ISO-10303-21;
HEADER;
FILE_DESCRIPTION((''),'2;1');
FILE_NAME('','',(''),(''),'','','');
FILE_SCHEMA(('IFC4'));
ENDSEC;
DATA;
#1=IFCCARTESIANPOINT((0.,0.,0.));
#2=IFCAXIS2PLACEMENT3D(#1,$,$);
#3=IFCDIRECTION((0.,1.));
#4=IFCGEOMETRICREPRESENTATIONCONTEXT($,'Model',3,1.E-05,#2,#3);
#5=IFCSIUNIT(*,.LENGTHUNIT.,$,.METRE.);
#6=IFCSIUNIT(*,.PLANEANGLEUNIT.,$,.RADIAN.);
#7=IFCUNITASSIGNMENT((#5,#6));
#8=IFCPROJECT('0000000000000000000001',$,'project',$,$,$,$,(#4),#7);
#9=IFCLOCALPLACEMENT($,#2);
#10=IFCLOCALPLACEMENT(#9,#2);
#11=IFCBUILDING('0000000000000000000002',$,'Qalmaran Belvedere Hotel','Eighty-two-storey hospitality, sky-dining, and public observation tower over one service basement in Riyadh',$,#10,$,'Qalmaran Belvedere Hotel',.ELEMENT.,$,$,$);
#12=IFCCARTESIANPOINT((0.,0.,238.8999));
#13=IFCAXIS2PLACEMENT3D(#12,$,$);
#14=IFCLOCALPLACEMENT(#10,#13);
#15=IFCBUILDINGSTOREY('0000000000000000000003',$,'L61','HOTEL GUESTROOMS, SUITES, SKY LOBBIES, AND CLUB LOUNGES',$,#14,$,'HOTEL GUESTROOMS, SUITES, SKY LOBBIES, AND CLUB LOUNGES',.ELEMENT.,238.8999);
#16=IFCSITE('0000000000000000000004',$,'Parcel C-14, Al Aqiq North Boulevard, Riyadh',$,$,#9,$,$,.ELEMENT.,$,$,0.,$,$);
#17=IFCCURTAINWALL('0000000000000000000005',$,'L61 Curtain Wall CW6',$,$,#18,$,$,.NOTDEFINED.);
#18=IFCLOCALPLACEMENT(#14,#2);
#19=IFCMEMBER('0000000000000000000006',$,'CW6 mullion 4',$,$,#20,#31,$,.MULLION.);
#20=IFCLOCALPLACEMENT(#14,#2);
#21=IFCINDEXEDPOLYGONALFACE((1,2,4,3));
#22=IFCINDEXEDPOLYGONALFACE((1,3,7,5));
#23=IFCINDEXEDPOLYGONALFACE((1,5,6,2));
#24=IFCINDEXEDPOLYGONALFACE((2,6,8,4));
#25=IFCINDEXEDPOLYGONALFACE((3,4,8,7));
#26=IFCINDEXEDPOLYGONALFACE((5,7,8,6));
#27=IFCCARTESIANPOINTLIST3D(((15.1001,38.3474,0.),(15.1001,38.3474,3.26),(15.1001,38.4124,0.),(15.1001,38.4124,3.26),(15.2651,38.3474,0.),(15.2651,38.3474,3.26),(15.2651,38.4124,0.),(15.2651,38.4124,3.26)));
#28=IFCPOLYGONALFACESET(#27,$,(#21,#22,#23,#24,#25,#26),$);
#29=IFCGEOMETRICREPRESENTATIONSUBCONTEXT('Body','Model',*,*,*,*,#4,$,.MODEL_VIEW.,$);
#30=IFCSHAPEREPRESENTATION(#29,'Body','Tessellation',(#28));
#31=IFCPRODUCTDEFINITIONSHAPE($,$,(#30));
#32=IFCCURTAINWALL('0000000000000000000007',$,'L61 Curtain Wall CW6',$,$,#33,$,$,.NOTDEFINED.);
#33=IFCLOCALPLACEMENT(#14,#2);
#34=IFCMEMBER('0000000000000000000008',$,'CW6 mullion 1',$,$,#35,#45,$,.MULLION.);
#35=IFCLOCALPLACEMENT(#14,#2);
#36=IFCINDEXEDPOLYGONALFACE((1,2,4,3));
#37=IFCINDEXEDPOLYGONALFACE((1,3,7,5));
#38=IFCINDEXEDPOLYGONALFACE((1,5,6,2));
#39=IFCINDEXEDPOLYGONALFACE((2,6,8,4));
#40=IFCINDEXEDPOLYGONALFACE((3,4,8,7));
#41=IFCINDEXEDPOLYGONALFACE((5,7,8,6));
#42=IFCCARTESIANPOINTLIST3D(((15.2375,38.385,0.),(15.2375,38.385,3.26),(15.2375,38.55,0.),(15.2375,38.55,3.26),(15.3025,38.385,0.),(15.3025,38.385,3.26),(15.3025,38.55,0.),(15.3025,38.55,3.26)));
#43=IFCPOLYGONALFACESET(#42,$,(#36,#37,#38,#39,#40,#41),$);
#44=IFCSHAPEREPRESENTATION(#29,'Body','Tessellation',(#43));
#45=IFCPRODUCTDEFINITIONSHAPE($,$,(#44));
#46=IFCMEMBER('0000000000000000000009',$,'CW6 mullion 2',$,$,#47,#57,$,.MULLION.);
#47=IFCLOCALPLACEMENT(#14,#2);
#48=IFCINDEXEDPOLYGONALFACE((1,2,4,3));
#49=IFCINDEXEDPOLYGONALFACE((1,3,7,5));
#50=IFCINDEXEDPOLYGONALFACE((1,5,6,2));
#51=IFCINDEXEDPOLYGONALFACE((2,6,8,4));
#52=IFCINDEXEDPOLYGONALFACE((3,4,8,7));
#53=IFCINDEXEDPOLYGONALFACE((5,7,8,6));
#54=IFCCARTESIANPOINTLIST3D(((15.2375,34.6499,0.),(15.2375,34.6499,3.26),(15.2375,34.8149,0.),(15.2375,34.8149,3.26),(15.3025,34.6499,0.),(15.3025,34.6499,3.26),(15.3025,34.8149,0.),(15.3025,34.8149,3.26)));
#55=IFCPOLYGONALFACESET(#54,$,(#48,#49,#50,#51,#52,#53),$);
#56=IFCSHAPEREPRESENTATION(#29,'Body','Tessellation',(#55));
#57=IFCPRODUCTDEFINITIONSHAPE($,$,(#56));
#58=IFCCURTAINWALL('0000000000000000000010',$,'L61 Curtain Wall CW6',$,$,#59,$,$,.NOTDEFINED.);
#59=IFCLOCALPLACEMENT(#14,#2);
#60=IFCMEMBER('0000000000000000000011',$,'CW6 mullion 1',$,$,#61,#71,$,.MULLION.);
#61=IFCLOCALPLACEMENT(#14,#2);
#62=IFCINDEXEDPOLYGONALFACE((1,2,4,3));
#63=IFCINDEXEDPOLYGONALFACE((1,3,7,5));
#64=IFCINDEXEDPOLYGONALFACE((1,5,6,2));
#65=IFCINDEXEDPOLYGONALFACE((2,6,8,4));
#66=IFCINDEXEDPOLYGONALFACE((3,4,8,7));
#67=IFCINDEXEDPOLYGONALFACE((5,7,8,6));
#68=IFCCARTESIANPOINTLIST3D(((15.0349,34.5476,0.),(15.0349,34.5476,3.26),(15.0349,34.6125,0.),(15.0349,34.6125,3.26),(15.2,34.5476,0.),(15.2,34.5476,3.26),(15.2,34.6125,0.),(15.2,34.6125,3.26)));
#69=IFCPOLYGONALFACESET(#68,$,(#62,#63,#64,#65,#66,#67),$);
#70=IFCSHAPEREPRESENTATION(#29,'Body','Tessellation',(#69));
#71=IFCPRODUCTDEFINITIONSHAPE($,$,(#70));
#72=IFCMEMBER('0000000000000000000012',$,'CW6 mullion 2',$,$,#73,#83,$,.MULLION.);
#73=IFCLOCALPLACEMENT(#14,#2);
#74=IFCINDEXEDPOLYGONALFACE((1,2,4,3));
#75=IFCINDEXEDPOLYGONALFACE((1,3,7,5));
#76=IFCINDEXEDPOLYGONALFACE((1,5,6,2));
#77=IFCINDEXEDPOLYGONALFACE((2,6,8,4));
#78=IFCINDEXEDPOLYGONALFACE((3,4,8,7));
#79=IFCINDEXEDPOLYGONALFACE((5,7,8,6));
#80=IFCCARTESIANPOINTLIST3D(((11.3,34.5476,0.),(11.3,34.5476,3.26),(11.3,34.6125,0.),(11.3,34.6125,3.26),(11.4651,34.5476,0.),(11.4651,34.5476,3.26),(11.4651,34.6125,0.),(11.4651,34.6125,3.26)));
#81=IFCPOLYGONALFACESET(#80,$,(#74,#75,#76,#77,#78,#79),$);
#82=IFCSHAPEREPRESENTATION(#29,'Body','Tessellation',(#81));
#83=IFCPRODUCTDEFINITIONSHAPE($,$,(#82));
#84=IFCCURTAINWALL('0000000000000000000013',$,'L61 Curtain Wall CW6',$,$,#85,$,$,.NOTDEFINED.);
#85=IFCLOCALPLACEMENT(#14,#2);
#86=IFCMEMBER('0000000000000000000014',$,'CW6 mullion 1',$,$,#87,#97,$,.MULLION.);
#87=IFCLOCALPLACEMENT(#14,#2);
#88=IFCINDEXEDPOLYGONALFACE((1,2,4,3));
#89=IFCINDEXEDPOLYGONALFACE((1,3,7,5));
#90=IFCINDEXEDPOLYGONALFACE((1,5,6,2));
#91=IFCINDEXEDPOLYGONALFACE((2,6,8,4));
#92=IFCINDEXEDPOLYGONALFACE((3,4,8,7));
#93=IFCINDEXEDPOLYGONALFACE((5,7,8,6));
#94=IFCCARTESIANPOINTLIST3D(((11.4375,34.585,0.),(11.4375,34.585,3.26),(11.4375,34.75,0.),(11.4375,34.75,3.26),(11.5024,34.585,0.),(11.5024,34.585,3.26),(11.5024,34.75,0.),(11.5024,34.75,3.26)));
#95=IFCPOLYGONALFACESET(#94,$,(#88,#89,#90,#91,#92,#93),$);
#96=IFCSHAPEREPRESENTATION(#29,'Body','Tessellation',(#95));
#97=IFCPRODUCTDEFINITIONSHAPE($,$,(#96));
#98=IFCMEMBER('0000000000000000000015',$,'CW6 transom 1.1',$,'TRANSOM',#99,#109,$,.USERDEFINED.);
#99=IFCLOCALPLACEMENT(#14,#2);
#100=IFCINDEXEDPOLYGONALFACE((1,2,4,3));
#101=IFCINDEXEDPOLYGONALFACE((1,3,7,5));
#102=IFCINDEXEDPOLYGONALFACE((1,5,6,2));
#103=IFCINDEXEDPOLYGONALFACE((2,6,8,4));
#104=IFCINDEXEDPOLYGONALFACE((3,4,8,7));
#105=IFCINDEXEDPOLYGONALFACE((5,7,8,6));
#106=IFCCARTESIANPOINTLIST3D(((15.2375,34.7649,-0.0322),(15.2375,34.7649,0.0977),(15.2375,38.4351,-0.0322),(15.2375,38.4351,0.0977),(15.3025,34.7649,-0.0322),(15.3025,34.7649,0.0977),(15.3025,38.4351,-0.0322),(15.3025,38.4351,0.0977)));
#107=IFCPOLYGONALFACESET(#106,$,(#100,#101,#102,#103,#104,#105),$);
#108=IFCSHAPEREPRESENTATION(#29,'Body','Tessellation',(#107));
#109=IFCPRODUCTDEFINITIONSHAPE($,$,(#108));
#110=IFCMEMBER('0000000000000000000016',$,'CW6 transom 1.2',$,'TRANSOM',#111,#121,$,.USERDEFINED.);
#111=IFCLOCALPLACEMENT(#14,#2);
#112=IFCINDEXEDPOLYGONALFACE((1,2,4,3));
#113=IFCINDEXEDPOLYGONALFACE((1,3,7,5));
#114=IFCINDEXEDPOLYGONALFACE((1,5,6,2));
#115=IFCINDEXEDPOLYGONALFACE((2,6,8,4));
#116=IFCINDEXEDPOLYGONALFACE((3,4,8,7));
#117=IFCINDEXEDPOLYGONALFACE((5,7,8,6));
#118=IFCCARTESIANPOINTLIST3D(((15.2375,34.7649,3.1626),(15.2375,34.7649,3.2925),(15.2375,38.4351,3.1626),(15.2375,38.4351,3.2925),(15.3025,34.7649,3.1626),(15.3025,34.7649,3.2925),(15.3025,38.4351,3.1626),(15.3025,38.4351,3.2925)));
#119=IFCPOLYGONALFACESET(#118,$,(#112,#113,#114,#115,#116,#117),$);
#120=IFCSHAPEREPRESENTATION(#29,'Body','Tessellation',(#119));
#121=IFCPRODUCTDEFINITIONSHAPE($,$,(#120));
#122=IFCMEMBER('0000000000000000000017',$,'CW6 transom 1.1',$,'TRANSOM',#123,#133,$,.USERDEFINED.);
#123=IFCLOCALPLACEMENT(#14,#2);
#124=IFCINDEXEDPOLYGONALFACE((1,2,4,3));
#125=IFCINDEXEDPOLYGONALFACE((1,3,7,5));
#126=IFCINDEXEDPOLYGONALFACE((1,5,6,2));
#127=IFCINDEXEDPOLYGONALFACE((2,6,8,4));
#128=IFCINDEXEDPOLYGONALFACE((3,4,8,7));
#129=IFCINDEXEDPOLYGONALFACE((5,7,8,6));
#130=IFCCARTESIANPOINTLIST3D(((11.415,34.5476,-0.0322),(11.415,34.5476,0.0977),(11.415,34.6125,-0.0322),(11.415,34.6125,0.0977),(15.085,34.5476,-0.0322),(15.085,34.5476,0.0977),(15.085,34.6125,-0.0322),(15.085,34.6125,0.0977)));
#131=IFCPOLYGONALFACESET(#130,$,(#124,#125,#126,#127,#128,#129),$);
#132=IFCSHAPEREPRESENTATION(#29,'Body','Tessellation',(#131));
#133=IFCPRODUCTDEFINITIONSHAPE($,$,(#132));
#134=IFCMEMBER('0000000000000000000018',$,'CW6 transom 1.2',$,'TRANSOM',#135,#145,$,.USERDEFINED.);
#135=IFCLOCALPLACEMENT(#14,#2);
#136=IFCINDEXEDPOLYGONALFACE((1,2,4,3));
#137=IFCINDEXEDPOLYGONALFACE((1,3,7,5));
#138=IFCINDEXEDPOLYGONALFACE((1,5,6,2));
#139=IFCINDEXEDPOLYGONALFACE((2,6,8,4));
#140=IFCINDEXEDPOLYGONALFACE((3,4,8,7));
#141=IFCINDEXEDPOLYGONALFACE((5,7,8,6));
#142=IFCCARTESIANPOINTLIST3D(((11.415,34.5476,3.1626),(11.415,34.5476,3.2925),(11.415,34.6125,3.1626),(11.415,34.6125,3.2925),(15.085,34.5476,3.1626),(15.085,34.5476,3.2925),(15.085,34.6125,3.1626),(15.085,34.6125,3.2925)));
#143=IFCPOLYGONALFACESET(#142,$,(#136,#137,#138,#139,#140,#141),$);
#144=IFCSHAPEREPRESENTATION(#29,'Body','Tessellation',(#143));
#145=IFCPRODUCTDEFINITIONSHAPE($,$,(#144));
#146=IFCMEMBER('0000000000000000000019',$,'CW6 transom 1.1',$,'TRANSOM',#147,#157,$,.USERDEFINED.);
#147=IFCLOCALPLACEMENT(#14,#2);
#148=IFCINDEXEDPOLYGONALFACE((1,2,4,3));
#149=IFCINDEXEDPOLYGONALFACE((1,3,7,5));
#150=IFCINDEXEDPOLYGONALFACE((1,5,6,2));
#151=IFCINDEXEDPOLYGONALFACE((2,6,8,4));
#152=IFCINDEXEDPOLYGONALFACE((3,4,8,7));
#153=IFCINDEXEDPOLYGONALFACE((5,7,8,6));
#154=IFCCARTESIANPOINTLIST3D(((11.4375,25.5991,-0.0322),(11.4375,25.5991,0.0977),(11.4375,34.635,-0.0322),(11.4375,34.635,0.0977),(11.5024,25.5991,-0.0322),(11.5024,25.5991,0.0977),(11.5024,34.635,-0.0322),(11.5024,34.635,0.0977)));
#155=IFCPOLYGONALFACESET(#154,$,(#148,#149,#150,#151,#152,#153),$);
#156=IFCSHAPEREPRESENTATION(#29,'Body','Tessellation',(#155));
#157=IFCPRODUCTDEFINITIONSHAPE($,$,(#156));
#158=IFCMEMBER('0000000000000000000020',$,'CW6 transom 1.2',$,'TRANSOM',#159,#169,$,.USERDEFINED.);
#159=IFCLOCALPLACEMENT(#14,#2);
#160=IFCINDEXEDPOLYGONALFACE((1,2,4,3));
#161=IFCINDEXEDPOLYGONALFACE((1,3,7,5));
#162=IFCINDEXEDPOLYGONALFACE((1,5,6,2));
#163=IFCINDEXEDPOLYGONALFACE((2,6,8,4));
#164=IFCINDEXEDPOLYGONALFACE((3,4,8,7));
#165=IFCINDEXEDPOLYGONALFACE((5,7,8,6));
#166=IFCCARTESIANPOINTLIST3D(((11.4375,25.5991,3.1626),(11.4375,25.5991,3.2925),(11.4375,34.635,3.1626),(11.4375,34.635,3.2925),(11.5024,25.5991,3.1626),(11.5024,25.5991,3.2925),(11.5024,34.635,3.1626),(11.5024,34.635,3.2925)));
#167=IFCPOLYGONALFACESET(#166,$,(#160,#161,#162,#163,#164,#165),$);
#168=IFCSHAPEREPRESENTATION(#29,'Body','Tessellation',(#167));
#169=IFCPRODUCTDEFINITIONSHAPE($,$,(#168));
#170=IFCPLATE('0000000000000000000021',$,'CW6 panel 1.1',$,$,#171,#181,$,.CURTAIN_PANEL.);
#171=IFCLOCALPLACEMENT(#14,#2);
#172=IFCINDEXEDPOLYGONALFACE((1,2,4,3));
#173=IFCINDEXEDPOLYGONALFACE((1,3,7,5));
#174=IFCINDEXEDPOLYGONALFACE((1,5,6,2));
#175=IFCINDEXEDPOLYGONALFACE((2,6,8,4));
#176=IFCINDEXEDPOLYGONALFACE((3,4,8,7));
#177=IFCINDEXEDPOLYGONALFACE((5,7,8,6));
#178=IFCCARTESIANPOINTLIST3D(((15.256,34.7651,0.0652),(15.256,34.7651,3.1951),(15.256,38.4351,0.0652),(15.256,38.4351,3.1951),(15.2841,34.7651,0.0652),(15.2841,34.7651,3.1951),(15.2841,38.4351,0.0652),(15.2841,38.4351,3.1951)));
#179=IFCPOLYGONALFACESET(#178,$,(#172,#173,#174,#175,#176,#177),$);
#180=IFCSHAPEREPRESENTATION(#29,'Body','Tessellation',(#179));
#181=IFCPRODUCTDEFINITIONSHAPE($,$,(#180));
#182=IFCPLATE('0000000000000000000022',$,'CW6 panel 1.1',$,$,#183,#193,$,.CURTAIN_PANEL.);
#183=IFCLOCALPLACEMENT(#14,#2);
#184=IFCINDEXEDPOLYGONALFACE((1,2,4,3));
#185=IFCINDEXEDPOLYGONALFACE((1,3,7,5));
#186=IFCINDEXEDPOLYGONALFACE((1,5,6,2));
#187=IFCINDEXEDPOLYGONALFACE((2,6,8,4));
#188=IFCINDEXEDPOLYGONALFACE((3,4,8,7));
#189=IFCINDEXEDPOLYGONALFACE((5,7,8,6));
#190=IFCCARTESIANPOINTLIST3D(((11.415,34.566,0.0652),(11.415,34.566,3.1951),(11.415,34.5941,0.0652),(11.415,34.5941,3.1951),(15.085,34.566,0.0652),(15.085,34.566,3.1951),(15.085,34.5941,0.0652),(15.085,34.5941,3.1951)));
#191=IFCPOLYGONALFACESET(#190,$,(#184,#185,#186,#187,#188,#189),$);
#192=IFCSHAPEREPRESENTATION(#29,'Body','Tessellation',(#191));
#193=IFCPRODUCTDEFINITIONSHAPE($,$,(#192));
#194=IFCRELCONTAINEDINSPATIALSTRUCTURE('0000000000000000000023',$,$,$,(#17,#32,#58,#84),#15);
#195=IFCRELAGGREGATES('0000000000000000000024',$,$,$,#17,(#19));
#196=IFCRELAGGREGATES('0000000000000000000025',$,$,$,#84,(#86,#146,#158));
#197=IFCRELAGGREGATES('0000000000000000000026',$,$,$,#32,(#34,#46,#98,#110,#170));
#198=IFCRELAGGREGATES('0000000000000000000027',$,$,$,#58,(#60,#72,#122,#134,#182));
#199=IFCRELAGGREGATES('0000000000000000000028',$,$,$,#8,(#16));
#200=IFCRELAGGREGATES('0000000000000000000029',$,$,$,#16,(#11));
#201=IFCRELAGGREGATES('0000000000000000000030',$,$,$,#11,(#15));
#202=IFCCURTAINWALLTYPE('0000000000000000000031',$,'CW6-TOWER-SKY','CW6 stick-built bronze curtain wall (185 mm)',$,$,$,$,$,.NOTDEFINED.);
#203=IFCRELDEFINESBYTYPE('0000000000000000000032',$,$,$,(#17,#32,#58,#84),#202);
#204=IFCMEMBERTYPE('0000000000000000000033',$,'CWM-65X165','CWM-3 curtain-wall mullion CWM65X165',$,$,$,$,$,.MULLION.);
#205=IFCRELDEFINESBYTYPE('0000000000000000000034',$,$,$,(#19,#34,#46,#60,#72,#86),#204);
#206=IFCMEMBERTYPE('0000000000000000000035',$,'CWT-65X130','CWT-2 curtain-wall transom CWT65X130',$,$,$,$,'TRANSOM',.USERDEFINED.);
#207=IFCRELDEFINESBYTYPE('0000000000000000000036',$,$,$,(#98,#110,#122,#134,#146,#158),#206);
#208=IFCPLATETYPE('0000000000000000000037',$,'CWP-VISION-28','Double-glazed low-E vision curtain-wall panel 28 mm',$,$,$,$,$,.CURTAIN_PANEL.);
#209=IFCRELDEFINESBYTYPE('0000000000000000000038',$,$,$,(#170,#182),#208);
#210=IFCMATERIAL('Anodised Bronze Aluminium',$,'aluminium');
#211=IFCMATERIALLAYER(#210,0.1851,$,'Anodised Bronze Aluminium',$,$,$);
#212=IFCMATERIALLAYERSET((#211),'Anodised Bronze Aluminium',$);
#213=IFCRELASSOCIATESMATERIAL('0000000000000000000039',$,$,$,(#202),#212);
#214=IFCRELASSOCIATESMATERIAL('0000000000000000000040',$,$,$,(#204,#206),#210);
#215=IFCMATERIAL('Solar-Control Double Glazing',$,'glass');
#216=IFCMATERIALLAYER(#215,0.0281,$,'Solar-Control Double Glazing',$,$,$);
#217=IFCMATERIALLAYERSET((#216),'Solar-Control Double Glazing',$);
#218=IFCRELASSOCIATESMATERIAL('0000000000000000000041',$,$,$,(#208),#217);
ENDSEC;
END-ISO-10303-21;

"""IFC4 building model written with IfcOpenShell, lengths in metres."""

from ifc_helpers import new_model, si_unit, direction, frame, origin, origin_2d, place, context, subcontext, project, spatial, rectangle, extrude, material, layer, layer_set, material_profile, profile_set, type_object, element, aggregate, save


model = new_model("IFC4")

# Units and contexts
model_context = context("Model", 3, precision=1e-05, world=origin(), true_north=direction((0.0, 1.0)))
body_context = subcontext(model_context, "Body", "Model", "MODEL_VIEW")
ifc_project = project(units=[si_unit("LENGTHUNIT", "METRE"), si_unit("PLANEANGLEUNIT", "RADIAN")], contexts=[model_context])

# Site, building, storey
site_placement = place(None, origin())
site = spatial("IfcSite", under=ifc_project, at=site_placement, Name="Parcel C-14, Al Aqiq North Boulevard, Riyadh", CompositionType="ELEMENT", RefElevation=0.0)
building_placement = place(site_placement, origin())
building = spatial("IfcBuilding", under=site, at=building_placement, Name="Qalmaran Belvedere Hotel", Description="Eighty-two-storey hospitality, sky-dining, and public observation tower over one service basement in Riyadh", LongName="Qalmaran Belvedere Hotel", CompositionType="ELEMENT")
storey_placement = place(building_placement, frame((0.0, 0.0, 238.8999)))
storey = spatial("IfcBuildingStorey", under=building, at=storey_placement, Name="L61", Description="HOTEL GUESTROOMS, SUITES, SKY LOBBIES, AND CLUB LOUNGES", LongName="HOTEL GUESTROOMS, SUITES, SKY LOBBIES, AND CLUB LOUNGES", CompositionType="ELEMENT", Elevation=238.8999)

# Curtain wall, member
ifc_material_1 = material(Name="Anodised Bronze Aluminium", Category="aluminium")
ifc_layer_1 = layer(ifc_material_1, 0.1851, Name="Anodised Bronze Aluminium")
ifc_layer_set_1 = layer_set([ifc_layer_1], Name="Anodised Bronze Aluminium")
curtain_wall_type = type_object("IfcCurtainWallType", Name="CW6-TOWER-SKY", Description="CW6 stick-built bronze curtain wall (185 mm)", PredefinedType="NOTDEFINED", material=ifc_layer_set_1)
curtain_wall_1_placement = place(storey_placement, origin())
curtain_wall_1 = element("IfcCurtainWall", 1, at=curtain_wall_1_placement, inside=storey, type_object=curtain_wall_type, Name="L61 Curtain Wall CW6", PredefinedType="NOTDEFINED")
ifc_material_profile_1 = material_profile(ifc_material_1, rectangle(XDim=0.0649, YDim=0.165, at=origin_2d()), Name="CWM65X165")
ifc_profile_set_1 = profile_set([ifc_material_profile_1], Name="Anodised Bronze Aluminium")
member_type_1 = type_object("IfcMemberType", Name="CWM-65X165", Description="CWM-3 curtain-wall mullion CWM65X165", PredefinedType="MULLION", material=ifc_profile_set_1)
member_1_placement = place(storey_placement, frame((15.1826, 38.3799, 0.0), z_axis=(0.0, 0.0, 1.0), x_axis=(0.0, -1.0, 0.0)))
member_1 = element("IfcMember", 2, at=member_1_placement, type_object=member_type_1, Name="CW6 mullion 4", PredefinedType="MULLION", context=body_context, shape_type="SweptSolid", body=[
    extrude(rectangle(XDim=0.0649, YDim=0.165, at=origin_2d()), origin(), (0.0, 0.0, 1.0), 3.26),
])
aggregate(curtain_wall_1, [member_1])

# Curtain walls, members
curtain_wall_2_placement = place(storey_placement, origin())
curtain_wall_2 = element("IfcCurtainWall", 3, at=curtain_wall_2_placement, inside=storey, type_object=curtain_wall_type, Name="L61 Curtain Wall CW6", PredefinedType="NOTDEFINED")
member_2_placement = place(storey_placement, frame((15.27, 38.4675, 0.0), z_axis=(0.0, 0.0, 1.0), x_axis=(1.0, 0.0, 0.0)))
member_2 = element("IfcMember", 4, at=member_2_placement, type_object=member_type_1, Name="CW6 mullion 1", PredefinedType="MULLION", context=body_context, shape_type="SweptSolid", body=[
    extrude(rectangle(XDim=0.0649, YDim=0.165, at=origin_2d()), origin(), (0.0, 0.0, 1.0), 3.26),
])
member_3_placement = place(storey_placement, frame((15.27, 34.7324, 0.0), z_axis=(0.0, 0.0, 1.0), x_axis=(1.0, 0.0, 0.0)))
member_3 = element("IfcMember", 5, at=member_3_placement, type_object=member_type_1, Name="CW6 mullion 2", PredefinedType="MULLION", context=body_context, shape_type="SweptSolid", body=[
    extrude(rectangle(XDim=0.0649, YDim=0.165, at=origin_2d()), origin(), (0.0, 0.0, 1.0), 3.26),
])
curtain_wall_3_placement = place(storey_placement, origin())
curtain_wall_3 = element("IfcCurtainWall", 6, at=curtain_wall_3_placement, inside=storey, type_object=curtain_wall_type, Name="L61 Curtain Wall CW6", PredefinedType="NOTDEFINED")
member_4_placement = place(storey_placement, frame((15.1174, 34.5801, 0.0), z_axis=(0.0, 0.0, 1.0), x_axis=(0.0, -1.0, 0.0)))
member_4 = element("IfcMember", 7, at=member_4_placement, type_object=member_type_1, Name="CW6 mullion 1", PredefinedType="MULLION", context=body_context, shape_type="SweptSolid", body=[
    extrude(rectangle(XDim=0.0649, YDim=0.165, at=origin_2d()), origin(), (0.0, 0.0, 1.0), 3.26),
])
member_5_placement = place(storey_placement, frame((11.3826, 34.5801, 0.0), z_axis=(0.0, 0.0, 1.0), x_axis=(0.0, -1.0, 0.0)))
member_5 = element("IfcMember", 8, at=member_5_placement, type_object=member_type_1, Name="CW6 mullion 2", PredefinedType="MULLION", context=body_context, shape_type="SweptSolid", body=[
    extrude(rectangle(XDim=0.0649, YDim=0.165, at=origin_2d()), origin(), (0.0, 0.0, 1.0), 3.26),
])

# Curtain wall, member
curtain_wall_4_placement = place(storey_placement, origin())
curtain_wall_4 = element("IfcCurtainWall", 9, at=curtain_wall_4_placement, inside=storey, type_object=curtain_wall_type, Name="L61 Curtain Wall CW6", PredefinedType="NOTDEFINED")
member_6_placement = place(storey_placement, frame((11.47, 34.6675, 0.0), z_axis=(0.0, 0.0, 1.0), x_axis=(1.0, 0.0, 0.0)))
member_6 = element("IfcMember", 10, at=member_6_placement, type_object=member_type_1, Name="CW6 mullion 1", PredefinedType="MULLION", context=body_context, shape_type="SweptSolid", body=[
    extrude(rectangle(XDim=0.0649, YDim=0.165, at=origin_2d()), origin(), (0.0, 0.0, 1.0), 3.26),
])

# Members
ifc_material_profile_2 = material_profile(ifc_material_1, rectangle(XDim=0.0649, YDim=0.1299, at=origin_2d()), Name="CWT65X130")
ifc_profile_set_2 = profile_set([ifc_material_profile_2], Name="Anodised Bronze Aluminium")
member_type_2 = type_object("IfcMemberType", Name="CWT-65X130", Description="CWT-2 curtain-wall transom CWT65X130", ElementType="TRANSOM", PredefinedType="USERDEFINED", material=ifc_profile_set_2)
member_7_placement = place(storey_placement, frame((15.27, 38.4351, 0.0327), z_axis=(0.0, -1.0, 0.0), x_axis=(1.0, 0.0, 0.0)))
member_7 = element("IfcMember", 11, at=member_7_placement, type_object=member_type_2, Name="CW6 transom 1.1", ObjectType="TRANSOM", PredefinedType="USERDEFINED", context=body_context, shape_type="SweptSolid", body=[
    extrude(rectangle(XDim=0.0649, YDim=0.1299, at=origin_2d()), origin(), (0.0, 0.0, 1.0), 3.6702),
])
member_8_placement = place(storey_placement, frame((15.27, 38.4351, 3.2275), z_axis=(0.0, -1.0, 0.0), x_axis=(1.0, 0.0, 0.0)))
member_8 = element("IfcMember", 12, at=member_8_placement, type_object=member_type_2, Name="CW6 transom 1.2", ObjectType="TRANSOM", PredefinedType="USERDEFINED", context=body_context, shape_type="SweptSolid", body=[
    extrude(rectangle(XDim=0.0649, YDim=0.1299, at=origin_2d()), origin(), (0.0, 0.0, 1.0), 3.6702),
])
member_9_placement = place(storey_placement, frame((15.085, 34.5801, 0.0327), z_axis=(-1.0, 0.0, 0.0), x_axis=(0.0, -1.0, 0.0)))
member_9 = element("IfcMember", 13, at=member_9_placement, type_object=member_type_2, Name="CW6 transom 1.1", ObjectType="TRANSOM", PredefinedType="USERDEFINED", context=body_context, shape_type="SweptSolid", body=[
    extrude(rectangle(XDim=0.0649, YDim=0.1299, at=origin_2d()), origin(), (0.0, 0.0, 1.0), 3.6699),
])
member_10_placement = place(storey_placement, frame((15.085, 34.5801, 3.2275), z_axis=(-1.0, 0.0, 0.0), x_axis=(0.0, -1.0, 0.0)))
member_10 = element("IfcMember", 14, at=member_10_placement, type_object=member_type_2, Name="CW6 transom 1.2", ObjectType="TRANSOM", PredefinedType="USERDEFINED", context=body_context, shape_type="SweptSolid", body=[
    extrude(rectangle(XDim=0.0649, YDim=0.1299, at=origin_2d()), origin(), (0.0, 0.0, 1.0), 3.6699),
])
member_11_placement = place(storey_placement, frame((11.47, 34.635, 0.0327), z_axis=(0.0, -1.0, 0.0), x_axis=(1.0, 0.0, 0.0)))
member_11 = element("IfcMember", 15, at=member_11_placement, type_object=member_type_2, Name="CW6 transom 1.1", ObjectType="TRANSOM", PredefinedType="USERDEFINED", context=body_context, shape_type="SweptSolid", body=[
    extrude(rectangle(XDim=0.0649, YDim=0.1299, at=origin_2d()), origin(), (0.0, 0.0, 1.0), 9.0359),
])
member_12_placement = place(storey_placement, frame((11.47, 34.635, 3.2275), z_axis=(0.0, -1.0, 0.0), x_axis=(1.0, 0.0, 0.0)))
member_12 = element("IfcMember", 16, at=member_12_placement, type_object=member_type_2, Name="CW6 transom 1.2", ObjectType="TRANSOM", PredefinedType="USERDEFINED", context=body_context, shape_type="SweptSolid", body=[
    extrude(rectangle(XDim=0.0649, YDim=0.1299, at=origin_2d()), origin(), (0.0, 0.0, 1.0), 9.0359),
])
aggregate(curtain_wall_4, [member_6, member_11, member_12])

# Plates
ifc_material_2 = material(Name="Solar-Control Double Glazing", Category="glass")
ifc_layer_2 = layer(ifc_material_2, 0.0281, Name="Solar-Control Double Glazing")
ifc_layer_set_2 = layer_set([ifc_layer_2], Name="Solar-Control Double Glazing")
plate_type = type_object("IfcPlateType", Name="CWP-VISION-28", Description="Double-glazed low-E vision curtain-wall panel 28 mm", PredefinedType="CURTAIN_PANEL", material=ifc_layer_set_2)
plate_1_placement = place(storey_placement, frame((15.27, 36.6001, 0.0652), z_axis=(0.0, 0.0, 1.0), x_axis=(0.0, -1.0, 0.0)))
plate_1 = element("IfcPlate", 17, at=plate_1_placement, type_object=plate_type, Name="CW6 panel 1.1", PredefinedType="CURTAIN_PANEL", context=body_context, shape_type="SweptSolid", body=[
    extrude(rectangle(XDim=3.6699, YDim=0.0281, at=origin_2d()), origin(), (0.0, 0.0, 1.0), 3.1299),
])
aggregate(curtain_wall_2, [member_2, member_3, member_7, member_8, plate_1])
plate_2_placement = place(storey_placement, frame((13.25, 34.5801, 0.0652), z_axis=(0.0, 0.0, 1.0), x_axis=(-1.0, 0.0, 0.0)))
plate_2 = element("IfcPlate", 18, at=plate_2_placement, type_object=plate_type, Name="CW6 panel 1.1", PredefinedType="CURTAIN_PANEL", context=body_context, shape_type="SweptSolid", body=[
    extrude(rectangle(XDim=3.6699, YDim=0.0281, at=origin_2d()), origin(), (0.0, 0.0, 1.0), 3.1299),
])
aggregate(curtain_wall_3, [member_4, member_5, member_9, member_10, plate_2])

save(model, "model.ifc")
